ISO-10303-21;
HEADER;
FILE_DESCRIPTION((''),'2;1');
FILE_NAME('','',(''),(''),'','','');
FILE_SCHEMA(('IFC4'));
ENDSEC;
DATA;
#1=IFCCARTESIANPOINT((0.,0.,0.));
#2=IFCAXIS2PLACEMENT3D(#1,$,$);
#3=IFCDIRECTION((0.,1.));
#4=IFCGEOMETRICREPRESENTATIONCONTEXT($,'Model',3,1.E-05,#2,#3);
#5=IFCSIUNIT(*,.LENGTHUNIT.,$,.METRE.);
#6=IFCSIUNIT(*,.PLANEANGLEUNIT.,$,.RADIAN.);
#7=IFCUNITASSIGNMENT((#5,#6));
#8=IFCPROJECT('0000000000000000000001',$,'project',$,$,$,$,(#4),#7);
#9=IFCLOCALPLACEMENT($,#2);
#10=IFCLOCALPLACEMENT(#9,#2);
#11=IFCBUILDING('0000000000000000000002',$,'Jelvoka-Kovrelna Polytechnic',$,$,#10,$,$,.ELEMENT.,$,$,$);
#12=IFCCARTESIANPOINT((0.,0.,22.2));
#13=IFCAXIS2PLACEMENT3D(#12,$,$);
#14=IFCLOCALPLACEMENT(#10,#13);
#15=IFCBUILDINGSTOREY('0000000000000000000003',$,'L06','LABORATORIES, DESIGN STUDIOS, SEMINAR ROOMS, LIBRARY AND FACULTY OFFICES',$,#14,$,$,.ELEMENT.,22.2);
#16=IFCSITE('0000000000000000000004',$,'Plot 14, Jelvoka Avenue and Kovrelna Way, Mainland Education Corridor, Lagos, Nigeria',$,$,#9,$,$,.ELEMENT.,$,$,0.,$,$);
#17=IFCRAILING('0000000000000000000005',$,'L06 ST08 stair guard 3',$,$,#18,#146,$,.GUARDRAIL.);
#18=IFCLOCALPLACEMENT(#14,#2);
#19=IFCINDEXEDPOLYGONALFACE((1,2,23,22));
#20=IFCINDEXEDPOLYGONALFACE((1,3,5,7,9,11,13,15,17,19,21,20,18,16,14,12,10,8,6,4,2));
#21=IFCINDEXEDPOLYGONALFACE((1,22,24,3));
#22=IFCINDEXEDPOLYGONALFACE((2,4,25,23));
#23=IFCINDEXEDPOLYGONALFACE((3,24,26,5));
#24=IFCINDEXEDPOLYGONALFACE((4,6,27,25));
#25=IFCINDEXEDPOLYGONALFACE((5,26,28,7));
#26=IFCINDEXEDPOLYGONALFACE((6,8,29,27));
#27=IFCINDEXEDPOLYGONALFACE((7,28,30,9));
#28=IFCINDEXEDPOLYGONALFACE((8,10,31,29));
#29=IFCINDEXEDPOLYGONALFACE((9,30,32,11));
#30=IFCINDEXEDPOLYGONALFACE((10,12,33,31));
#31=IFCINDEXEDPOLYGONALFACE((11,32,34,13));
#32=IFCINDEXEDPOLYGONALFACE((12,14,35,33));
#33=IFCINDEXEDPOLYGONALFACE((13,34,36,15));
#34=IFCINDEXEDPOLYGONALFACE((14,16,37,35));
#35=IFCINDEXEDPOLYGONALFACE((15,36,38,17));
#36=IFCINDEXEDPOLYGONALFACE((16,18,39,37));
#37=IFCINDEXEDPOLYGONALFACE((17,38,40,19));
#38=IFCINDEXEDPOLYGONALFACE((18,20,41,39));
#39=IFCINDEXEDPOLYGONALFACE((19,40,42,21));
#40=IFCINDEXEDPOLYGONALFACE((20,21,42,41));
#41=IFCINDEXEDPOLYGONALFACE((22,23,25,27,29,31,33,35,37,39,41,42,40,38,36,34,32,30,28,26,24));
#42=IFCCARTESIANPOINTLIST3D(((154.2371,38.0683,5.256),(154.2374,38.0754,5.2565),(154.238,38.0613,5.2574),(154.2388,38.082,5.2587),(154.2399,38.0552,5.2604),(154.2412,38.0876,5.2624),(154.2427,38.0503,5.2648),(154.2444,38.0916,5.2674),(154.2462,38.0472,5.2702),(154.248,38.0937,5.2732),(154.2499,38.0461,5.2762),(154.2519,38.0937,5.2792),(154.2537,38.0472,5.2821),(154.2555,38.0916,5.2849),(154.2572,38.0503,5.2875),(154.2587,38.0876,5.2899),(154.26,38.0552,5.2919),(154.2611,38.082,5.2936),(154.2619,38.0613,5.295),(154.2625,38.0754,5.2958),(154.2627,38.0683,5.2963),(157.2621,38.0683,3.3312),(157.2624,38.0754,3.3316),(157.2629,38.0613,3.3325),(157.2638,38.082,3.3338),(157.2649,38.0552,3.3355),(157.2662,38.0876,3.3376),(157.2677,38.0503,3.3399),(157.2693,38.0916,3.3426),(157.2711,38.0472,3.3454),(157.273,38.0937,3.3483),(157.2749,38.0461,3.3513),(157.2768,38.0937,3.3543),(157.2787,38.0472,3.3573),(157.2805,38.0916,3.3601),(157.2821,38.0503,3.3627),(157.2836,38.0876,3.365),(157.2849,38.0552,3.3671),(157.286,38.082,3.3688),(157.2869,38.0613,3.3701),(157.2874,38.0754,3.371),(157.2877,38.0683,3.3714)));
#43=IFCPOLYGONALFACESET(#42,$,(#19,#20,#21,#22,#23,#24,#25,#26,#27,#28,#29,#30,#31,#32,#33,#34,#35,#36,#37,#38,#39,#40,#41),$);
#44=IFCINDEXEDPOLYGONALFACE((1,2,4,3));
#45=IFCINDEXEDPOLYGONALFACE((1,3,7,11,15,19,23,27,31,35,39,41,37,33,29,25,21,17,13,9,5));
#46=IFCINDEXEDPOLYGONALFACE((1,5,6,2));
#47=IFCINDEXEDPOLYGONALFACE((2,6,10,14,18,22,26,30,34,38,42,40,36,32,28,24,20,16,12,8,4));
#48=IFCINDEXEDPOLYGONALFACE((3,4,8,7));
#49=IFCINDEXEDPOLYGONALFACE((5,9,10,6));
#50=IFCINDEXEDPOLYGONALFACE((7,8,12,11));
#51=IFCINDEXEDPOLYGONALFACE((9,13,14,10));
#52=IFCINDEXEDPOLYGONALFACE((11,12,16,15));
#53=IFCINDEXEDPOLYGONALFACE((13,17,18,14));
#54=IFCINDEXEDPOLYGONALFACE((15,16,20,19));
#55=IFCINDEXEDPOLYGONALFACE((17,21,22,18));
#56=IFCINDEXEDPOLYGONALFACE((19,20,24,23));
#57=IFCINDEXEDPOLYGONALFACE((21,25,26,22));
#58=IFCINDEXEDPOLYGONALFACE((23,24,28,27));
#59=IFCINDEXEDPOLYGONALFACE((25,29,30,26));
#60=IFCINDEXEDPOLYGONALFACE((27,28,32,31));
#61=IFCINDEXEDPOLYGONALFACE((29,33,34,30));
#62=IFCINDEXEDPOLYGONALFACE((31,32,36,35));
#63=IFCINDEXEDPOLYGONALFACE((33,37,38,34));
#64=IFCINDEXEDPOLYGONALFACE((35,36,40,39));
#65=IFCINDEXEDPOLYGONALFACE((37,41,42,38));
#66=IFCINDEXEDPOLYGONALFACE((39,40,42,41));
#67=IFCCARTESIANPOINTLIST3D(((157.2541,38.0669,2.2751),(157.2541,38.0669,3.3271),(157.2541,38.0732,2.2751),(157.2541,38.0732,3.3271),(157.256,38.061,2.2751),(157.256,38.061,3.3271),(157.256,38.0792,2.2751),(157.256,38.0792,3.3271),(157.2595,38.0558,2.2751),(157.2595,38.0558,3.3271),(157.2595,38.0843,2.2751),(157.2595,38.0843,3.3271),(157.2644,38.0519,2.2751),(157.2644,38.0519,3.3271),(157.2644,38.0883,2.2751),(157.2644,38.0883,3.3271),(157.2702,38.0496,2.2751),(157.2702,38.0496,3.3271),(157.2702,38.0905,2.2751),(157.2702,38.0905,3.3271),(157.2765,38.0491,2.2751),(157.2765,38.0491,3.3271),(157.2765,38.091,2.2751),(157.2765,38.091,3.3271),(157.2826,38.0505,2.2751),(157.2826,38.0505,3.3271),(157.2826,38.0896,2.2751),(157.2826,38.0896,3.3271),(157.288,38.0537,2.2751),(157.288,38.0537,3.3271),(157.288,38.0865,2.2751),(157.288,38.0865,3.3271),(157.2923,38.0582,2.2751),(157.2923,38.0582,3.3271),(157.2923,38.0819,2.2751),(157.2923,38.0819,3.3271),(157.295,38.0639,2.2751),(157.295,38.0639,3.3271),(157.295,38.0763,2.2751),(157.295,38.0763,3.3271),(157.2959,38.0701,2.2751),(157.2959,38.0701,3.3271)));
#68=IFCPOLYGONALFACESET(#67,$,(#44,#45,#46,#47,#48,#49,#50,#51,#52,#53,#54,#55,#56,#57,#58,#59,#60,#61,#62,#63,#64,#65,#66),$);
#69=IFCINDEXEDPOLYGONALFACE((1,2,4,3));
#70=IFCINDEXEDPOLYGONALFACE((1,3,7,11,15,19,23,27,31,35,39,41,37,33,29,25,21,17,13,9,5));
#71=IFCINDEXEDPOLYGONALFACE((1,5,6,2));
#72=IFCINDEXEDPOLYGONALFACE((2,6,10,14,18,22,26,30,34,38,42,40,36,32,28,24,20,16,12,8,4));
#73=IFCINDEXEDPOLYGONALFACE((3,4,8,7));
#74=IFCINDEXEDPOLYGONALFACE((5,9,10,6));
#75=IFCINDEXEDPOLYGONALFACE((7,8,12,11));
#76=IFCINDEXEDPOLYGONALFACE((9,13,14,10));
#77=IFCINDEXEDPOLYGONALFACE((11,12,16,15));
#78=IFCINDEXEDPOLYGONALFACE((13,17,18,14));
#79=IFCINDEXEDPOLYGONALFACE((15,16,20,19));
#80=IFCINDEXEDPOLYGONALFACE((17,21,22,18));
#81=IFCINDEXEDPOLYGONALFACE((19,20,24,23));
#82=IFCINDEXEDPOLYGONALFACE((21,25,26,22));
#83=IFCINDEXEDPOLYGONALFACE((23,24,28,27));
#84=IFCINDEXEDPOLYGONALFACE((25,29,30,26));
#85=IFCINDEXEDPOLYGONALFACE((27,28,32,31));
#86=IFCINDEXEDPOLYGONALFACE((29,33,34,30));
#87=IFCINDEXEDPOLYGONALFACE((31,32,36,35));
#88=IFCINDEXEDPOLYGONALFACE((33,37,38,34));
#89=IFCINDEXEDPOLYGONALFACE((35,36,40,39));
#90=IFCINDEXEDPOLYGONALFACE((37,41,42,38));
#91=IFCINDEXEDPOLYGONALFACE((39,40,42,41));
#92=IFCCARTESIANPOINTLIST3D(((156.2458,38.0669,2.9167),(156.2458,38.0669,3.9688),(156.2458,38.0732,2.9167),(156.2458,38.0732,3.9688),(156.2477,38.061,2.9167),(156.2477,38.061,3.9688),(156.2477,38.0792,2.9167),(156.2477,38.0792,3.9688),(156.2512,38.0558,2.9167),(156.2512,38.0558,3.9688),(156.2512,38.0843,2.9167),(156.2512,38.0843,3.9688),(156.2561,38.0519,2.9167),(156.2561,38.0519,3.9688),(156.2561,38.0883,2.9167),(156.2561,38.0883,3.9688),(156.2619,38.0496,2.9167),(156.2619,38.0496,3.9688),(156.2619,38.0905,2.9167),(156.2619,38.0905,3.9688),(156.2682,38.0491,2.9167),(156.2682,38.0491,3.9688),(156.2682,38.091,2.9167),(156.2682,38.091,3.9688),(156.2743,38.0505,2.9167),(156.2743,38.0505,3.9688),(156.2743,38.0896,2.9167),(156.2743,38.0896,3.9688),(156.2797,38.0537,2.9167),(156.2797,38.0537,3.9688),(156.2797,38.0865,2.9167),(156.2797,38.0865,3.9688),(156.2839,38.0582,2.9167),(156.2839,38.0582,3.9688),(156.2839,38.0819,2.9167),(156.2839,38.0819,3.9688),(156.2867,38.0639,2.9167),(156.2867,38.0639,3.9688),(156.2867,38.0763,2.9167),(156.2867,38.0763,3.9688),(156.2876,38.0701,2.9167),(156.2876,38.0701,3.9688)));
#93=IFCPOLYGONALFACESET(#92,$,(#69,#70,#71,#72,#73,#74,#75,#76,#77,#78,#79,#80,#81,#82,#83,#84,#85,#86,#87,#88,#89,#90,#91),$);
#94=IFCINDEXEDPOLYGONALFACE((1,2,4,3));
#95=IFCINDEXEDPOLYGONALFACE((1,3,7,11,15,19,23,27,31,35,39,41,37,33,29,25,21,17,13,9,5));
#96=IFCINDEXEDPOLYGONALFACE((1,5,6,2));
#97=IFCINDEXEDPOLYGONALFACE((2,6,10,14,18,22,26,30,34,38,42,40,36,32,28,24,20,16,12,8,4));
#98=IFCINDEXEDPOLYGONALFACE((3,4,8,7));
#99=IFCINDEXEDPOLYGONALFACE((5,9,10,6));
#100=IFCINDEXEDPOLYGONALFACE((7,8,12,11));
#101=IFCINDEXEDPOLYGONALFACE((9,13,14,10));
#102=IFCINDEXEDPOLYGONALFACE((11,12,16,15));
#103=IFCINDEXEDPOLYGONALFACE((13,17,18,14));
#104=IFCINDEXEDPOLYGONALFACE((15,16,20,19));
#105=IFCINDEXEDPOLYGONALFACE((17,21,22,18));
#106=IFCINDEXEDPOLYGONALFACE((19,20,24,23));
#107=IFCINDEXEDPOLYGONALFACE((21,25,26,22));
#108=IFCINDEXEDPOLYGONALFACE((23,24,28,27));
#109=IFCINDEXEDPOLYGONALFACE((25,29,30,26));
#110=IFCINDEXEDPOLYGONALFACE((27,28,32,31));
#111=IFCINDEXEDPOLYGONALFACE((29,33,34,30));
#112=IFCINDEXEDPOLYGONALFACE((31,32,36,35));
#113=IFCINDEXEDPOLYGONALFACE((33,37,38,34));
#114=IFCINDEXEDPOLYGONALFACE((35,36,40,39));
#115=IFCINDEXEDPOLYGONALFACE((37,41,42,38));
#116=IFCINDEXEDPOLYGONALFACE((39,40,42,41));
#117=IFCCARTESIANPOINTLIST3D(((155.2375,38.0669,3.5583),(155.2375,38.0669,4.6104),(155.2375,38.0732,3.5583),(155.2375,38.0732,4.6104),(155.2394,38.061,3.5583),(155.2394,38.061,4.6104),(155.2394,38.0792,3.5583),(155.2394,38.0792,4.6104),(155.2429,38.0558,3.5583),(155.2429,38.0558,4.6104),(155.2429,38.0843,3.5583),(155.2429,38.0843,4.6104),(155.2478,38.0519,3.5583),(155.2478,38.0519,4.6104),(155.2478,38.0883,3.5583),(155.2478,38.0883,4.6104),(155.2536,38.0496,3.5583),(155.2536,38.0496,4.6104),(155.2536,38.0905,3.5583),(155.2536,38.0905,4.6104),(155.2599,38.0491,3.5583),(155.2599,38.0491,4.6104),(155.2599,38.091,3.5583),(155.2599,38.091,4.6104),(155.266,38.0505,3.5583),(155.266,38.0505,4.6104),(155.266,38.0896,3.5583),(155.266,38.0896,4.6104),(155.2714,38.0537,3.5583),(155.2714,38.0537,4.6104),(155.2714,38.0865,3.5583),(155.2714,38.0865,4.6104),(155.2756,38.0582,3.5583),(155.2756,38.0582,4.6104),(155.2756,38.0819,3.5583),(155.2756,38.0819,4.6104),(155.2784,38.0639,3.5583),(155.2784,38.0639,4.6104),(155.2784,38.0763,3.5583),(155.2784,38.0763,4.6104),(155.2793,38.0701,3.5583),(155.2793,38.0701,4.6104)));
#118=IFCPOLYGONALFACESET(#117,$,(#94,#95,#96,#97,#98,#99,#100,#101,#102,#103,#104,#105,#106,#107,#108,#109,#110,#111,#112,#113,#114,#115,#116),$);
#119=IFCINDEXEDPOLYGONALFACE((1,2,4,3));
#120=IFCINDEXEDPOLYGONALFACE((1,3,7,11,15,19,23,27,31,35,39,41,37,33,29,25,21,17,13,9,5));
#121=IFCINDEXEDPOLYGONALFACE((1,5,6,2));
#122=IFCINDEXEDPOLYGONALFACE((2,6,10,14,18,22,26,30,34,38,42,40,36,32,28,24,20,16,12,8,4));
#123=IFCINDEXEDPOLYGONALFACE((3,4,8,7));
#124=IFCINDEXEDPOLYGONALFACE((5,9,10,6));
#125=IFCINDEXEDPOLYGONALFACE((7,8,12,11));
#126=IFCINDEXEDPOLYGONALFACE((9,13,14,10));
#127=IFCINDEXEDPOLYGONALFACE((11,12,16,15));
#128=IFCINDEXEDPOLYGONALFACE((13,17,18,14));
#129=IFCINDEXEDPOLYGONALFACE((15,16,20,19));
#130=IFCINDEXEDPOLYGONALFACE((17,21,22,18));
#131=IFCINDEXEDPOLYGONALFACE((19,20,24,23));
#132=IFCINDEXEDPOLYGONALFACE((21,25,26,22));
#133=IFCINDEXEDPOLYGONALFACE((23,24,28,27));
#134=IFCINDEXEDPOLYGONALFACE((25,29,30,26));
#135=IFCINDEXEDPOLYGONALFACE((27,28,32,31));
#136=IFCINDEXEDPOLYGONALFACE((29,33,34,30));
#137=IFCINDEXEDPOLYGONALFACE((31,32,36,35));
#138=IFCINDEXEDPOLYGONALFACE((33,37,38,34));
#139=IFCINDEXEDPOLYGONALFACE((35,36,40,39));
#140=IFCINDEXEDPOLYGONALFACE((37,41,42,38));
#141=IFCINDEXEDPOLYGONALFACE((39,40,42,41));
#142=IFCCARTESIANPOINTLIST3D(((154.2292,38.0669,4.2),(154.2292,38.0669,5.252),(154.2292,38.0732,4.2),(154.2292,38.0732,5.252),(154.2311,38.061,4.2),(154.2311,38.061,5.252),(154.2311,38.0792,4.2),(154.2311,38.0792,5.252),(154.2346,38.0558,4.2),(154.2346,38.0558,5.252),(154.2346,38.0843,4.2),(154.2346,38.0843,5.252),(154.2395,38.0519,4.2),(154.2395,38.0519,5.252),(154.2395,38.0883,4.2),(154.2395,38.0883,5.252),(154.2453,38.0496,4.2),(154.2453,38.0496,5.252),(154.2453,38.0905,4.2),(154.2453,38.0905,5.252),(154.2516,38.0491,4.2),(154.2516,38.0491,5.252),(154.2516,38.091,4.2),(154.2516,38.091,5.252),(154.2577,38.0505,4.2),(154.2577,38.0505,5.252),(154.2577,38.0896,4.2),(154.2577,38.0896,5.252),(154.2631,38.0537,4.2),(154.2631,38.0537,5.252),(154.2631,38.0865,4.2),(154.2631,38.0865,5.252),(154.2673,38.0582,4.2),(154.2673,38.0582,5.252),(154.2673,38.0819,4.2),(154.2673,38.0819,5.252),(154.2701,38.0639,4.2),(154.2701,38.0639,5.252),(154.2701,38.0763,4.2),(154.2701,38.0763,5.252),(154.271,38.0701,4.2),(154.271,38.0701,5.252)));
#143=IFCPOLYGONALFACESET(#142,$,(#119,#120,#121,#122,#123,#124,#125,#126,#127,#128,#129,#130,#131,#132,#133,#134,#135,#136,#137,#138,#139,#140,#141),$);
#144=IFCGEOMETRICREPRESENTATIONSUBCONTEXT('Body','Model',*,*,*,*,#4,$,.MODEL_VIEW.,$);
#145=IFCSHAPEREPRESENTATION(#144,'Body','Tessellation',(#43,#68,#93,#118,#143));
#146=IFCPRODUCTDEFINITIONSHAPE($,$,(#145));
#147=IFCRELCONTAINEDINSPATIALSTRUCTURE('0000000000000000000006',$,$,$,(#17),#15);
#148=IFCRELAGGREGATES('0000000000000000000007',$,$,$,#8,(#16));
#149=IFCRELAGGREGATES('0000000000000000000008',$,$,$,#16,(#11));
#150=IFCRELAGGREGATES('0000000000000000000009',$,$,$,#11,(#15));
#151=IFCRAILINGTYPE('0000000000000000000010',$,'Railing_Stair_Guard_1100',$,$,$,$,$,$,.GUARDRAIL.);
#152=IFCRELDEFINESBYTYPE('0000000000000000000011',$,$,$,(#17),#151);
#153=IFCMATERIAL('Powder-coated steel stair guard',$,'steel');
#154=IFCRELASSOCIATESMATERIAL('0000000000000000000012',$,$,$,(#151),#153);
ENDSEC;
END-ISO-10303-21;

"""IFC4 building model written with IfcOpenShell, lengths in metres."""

from ifc_helpers import new_model, si_unit, direction, frame, origin, origin_2d, place, context, subcontext, project, spatial, circle, extrude, material, type_object, element, save


model = new_model("IFC4")

# Units and contexts
model_context = context("Model", 3, precision=1e-05, world=origin(), true_north=direction((0.0, 1.0)))
body_context = subcontext(model_context, "Body", "Model", "MODEL_VIEW")
ifc_project = project(units=[si_unit("LENGTHUNIT", "METRE"), si_unit("PLANEANGLEUNIT", "RADIAN")], contexts=[model_context])

# Site, building, storey
site_placement = place(None, origin())
site = spatial("IfcSite", under=ifc_project, at=site_placement, Name="Plot 14, Jelvoka Avenue and Kovrelna Way, Mainland Education Corridor, Lagos, Nigeria", CompositionType="ELEMENT", RefElevation=0.0)
building_placement = place(site_placement, origin())
building = spatial("IfcBuilding", under=site, at=building_placement, Name="Jelvoka-Kovrelna Polytechnic", CompositionType="ELEMENT")
storey_placement = place(building_placement, frame((0.0, 0.0, 22.2)))
storey = spatial("IfcBuildingStorey", under=building, at=storey_placement, Name="L06", Description="LABORATORIES, DESIGN STUDIOS, SEMINAR ROOMS, LIBRARY AND FACULTY OFFICES", CompositionType="ELEMENT", Elevation=22.2)

# Railing
ifc_material_1 = material(Name="Powder-coated steel stair guard", Category="steel")
railing_type_1 = type_object("IfcRailingType", Name="Railing_Stair_Guard_1100", PredefinedType="GUARDRAIL", material=ifc_material_1)
railing_1_placement = place(storey_placement, frame((157.2749, 38.0701, 2.2751)))
element("IfcRailing", 1, at=railing_1_placement, inside=storey, type_object=railing_type_1, Name="L06 ST08 stair guard 3", PredefinedType="GUARDRAIL", context=body_context, shape_type="SweptSolid", body=[
    extrude(circle(Radius=0.0239, at=origin_2d()), frame((0.0, 0.0, 1.0762), z_axis=(-0.843678, 0.0, 0.536849), x_axis=(0.0, -1.0, 0.0)), (0.0, 0.0, 1.0), 3.5854),
    extrude(circle(Radius=0.021, at=origin_2d()), origin(), (0.0, 0.0, 1.0), 1.052),
    extrude(circle(Radius=0.021, at=origin_2d()), frame((-1.0083, 0.0, 0.6416)), (0.0, 0.0, 1.0), 1.052),
    extrude(circle(Radius=0.021, at=origin_2d()), frame((-2.0166, 0.0, 1.2832)), (0.0, 0.0, 1.0), 1.052),
    extrude(circle(Radius=0.021, at=origin_2d()), frame((-3.0249, 0.0, 1.9248)), (0.0, 0.0, 1.0), 1.052),
])

save(model, "model.ifc")
